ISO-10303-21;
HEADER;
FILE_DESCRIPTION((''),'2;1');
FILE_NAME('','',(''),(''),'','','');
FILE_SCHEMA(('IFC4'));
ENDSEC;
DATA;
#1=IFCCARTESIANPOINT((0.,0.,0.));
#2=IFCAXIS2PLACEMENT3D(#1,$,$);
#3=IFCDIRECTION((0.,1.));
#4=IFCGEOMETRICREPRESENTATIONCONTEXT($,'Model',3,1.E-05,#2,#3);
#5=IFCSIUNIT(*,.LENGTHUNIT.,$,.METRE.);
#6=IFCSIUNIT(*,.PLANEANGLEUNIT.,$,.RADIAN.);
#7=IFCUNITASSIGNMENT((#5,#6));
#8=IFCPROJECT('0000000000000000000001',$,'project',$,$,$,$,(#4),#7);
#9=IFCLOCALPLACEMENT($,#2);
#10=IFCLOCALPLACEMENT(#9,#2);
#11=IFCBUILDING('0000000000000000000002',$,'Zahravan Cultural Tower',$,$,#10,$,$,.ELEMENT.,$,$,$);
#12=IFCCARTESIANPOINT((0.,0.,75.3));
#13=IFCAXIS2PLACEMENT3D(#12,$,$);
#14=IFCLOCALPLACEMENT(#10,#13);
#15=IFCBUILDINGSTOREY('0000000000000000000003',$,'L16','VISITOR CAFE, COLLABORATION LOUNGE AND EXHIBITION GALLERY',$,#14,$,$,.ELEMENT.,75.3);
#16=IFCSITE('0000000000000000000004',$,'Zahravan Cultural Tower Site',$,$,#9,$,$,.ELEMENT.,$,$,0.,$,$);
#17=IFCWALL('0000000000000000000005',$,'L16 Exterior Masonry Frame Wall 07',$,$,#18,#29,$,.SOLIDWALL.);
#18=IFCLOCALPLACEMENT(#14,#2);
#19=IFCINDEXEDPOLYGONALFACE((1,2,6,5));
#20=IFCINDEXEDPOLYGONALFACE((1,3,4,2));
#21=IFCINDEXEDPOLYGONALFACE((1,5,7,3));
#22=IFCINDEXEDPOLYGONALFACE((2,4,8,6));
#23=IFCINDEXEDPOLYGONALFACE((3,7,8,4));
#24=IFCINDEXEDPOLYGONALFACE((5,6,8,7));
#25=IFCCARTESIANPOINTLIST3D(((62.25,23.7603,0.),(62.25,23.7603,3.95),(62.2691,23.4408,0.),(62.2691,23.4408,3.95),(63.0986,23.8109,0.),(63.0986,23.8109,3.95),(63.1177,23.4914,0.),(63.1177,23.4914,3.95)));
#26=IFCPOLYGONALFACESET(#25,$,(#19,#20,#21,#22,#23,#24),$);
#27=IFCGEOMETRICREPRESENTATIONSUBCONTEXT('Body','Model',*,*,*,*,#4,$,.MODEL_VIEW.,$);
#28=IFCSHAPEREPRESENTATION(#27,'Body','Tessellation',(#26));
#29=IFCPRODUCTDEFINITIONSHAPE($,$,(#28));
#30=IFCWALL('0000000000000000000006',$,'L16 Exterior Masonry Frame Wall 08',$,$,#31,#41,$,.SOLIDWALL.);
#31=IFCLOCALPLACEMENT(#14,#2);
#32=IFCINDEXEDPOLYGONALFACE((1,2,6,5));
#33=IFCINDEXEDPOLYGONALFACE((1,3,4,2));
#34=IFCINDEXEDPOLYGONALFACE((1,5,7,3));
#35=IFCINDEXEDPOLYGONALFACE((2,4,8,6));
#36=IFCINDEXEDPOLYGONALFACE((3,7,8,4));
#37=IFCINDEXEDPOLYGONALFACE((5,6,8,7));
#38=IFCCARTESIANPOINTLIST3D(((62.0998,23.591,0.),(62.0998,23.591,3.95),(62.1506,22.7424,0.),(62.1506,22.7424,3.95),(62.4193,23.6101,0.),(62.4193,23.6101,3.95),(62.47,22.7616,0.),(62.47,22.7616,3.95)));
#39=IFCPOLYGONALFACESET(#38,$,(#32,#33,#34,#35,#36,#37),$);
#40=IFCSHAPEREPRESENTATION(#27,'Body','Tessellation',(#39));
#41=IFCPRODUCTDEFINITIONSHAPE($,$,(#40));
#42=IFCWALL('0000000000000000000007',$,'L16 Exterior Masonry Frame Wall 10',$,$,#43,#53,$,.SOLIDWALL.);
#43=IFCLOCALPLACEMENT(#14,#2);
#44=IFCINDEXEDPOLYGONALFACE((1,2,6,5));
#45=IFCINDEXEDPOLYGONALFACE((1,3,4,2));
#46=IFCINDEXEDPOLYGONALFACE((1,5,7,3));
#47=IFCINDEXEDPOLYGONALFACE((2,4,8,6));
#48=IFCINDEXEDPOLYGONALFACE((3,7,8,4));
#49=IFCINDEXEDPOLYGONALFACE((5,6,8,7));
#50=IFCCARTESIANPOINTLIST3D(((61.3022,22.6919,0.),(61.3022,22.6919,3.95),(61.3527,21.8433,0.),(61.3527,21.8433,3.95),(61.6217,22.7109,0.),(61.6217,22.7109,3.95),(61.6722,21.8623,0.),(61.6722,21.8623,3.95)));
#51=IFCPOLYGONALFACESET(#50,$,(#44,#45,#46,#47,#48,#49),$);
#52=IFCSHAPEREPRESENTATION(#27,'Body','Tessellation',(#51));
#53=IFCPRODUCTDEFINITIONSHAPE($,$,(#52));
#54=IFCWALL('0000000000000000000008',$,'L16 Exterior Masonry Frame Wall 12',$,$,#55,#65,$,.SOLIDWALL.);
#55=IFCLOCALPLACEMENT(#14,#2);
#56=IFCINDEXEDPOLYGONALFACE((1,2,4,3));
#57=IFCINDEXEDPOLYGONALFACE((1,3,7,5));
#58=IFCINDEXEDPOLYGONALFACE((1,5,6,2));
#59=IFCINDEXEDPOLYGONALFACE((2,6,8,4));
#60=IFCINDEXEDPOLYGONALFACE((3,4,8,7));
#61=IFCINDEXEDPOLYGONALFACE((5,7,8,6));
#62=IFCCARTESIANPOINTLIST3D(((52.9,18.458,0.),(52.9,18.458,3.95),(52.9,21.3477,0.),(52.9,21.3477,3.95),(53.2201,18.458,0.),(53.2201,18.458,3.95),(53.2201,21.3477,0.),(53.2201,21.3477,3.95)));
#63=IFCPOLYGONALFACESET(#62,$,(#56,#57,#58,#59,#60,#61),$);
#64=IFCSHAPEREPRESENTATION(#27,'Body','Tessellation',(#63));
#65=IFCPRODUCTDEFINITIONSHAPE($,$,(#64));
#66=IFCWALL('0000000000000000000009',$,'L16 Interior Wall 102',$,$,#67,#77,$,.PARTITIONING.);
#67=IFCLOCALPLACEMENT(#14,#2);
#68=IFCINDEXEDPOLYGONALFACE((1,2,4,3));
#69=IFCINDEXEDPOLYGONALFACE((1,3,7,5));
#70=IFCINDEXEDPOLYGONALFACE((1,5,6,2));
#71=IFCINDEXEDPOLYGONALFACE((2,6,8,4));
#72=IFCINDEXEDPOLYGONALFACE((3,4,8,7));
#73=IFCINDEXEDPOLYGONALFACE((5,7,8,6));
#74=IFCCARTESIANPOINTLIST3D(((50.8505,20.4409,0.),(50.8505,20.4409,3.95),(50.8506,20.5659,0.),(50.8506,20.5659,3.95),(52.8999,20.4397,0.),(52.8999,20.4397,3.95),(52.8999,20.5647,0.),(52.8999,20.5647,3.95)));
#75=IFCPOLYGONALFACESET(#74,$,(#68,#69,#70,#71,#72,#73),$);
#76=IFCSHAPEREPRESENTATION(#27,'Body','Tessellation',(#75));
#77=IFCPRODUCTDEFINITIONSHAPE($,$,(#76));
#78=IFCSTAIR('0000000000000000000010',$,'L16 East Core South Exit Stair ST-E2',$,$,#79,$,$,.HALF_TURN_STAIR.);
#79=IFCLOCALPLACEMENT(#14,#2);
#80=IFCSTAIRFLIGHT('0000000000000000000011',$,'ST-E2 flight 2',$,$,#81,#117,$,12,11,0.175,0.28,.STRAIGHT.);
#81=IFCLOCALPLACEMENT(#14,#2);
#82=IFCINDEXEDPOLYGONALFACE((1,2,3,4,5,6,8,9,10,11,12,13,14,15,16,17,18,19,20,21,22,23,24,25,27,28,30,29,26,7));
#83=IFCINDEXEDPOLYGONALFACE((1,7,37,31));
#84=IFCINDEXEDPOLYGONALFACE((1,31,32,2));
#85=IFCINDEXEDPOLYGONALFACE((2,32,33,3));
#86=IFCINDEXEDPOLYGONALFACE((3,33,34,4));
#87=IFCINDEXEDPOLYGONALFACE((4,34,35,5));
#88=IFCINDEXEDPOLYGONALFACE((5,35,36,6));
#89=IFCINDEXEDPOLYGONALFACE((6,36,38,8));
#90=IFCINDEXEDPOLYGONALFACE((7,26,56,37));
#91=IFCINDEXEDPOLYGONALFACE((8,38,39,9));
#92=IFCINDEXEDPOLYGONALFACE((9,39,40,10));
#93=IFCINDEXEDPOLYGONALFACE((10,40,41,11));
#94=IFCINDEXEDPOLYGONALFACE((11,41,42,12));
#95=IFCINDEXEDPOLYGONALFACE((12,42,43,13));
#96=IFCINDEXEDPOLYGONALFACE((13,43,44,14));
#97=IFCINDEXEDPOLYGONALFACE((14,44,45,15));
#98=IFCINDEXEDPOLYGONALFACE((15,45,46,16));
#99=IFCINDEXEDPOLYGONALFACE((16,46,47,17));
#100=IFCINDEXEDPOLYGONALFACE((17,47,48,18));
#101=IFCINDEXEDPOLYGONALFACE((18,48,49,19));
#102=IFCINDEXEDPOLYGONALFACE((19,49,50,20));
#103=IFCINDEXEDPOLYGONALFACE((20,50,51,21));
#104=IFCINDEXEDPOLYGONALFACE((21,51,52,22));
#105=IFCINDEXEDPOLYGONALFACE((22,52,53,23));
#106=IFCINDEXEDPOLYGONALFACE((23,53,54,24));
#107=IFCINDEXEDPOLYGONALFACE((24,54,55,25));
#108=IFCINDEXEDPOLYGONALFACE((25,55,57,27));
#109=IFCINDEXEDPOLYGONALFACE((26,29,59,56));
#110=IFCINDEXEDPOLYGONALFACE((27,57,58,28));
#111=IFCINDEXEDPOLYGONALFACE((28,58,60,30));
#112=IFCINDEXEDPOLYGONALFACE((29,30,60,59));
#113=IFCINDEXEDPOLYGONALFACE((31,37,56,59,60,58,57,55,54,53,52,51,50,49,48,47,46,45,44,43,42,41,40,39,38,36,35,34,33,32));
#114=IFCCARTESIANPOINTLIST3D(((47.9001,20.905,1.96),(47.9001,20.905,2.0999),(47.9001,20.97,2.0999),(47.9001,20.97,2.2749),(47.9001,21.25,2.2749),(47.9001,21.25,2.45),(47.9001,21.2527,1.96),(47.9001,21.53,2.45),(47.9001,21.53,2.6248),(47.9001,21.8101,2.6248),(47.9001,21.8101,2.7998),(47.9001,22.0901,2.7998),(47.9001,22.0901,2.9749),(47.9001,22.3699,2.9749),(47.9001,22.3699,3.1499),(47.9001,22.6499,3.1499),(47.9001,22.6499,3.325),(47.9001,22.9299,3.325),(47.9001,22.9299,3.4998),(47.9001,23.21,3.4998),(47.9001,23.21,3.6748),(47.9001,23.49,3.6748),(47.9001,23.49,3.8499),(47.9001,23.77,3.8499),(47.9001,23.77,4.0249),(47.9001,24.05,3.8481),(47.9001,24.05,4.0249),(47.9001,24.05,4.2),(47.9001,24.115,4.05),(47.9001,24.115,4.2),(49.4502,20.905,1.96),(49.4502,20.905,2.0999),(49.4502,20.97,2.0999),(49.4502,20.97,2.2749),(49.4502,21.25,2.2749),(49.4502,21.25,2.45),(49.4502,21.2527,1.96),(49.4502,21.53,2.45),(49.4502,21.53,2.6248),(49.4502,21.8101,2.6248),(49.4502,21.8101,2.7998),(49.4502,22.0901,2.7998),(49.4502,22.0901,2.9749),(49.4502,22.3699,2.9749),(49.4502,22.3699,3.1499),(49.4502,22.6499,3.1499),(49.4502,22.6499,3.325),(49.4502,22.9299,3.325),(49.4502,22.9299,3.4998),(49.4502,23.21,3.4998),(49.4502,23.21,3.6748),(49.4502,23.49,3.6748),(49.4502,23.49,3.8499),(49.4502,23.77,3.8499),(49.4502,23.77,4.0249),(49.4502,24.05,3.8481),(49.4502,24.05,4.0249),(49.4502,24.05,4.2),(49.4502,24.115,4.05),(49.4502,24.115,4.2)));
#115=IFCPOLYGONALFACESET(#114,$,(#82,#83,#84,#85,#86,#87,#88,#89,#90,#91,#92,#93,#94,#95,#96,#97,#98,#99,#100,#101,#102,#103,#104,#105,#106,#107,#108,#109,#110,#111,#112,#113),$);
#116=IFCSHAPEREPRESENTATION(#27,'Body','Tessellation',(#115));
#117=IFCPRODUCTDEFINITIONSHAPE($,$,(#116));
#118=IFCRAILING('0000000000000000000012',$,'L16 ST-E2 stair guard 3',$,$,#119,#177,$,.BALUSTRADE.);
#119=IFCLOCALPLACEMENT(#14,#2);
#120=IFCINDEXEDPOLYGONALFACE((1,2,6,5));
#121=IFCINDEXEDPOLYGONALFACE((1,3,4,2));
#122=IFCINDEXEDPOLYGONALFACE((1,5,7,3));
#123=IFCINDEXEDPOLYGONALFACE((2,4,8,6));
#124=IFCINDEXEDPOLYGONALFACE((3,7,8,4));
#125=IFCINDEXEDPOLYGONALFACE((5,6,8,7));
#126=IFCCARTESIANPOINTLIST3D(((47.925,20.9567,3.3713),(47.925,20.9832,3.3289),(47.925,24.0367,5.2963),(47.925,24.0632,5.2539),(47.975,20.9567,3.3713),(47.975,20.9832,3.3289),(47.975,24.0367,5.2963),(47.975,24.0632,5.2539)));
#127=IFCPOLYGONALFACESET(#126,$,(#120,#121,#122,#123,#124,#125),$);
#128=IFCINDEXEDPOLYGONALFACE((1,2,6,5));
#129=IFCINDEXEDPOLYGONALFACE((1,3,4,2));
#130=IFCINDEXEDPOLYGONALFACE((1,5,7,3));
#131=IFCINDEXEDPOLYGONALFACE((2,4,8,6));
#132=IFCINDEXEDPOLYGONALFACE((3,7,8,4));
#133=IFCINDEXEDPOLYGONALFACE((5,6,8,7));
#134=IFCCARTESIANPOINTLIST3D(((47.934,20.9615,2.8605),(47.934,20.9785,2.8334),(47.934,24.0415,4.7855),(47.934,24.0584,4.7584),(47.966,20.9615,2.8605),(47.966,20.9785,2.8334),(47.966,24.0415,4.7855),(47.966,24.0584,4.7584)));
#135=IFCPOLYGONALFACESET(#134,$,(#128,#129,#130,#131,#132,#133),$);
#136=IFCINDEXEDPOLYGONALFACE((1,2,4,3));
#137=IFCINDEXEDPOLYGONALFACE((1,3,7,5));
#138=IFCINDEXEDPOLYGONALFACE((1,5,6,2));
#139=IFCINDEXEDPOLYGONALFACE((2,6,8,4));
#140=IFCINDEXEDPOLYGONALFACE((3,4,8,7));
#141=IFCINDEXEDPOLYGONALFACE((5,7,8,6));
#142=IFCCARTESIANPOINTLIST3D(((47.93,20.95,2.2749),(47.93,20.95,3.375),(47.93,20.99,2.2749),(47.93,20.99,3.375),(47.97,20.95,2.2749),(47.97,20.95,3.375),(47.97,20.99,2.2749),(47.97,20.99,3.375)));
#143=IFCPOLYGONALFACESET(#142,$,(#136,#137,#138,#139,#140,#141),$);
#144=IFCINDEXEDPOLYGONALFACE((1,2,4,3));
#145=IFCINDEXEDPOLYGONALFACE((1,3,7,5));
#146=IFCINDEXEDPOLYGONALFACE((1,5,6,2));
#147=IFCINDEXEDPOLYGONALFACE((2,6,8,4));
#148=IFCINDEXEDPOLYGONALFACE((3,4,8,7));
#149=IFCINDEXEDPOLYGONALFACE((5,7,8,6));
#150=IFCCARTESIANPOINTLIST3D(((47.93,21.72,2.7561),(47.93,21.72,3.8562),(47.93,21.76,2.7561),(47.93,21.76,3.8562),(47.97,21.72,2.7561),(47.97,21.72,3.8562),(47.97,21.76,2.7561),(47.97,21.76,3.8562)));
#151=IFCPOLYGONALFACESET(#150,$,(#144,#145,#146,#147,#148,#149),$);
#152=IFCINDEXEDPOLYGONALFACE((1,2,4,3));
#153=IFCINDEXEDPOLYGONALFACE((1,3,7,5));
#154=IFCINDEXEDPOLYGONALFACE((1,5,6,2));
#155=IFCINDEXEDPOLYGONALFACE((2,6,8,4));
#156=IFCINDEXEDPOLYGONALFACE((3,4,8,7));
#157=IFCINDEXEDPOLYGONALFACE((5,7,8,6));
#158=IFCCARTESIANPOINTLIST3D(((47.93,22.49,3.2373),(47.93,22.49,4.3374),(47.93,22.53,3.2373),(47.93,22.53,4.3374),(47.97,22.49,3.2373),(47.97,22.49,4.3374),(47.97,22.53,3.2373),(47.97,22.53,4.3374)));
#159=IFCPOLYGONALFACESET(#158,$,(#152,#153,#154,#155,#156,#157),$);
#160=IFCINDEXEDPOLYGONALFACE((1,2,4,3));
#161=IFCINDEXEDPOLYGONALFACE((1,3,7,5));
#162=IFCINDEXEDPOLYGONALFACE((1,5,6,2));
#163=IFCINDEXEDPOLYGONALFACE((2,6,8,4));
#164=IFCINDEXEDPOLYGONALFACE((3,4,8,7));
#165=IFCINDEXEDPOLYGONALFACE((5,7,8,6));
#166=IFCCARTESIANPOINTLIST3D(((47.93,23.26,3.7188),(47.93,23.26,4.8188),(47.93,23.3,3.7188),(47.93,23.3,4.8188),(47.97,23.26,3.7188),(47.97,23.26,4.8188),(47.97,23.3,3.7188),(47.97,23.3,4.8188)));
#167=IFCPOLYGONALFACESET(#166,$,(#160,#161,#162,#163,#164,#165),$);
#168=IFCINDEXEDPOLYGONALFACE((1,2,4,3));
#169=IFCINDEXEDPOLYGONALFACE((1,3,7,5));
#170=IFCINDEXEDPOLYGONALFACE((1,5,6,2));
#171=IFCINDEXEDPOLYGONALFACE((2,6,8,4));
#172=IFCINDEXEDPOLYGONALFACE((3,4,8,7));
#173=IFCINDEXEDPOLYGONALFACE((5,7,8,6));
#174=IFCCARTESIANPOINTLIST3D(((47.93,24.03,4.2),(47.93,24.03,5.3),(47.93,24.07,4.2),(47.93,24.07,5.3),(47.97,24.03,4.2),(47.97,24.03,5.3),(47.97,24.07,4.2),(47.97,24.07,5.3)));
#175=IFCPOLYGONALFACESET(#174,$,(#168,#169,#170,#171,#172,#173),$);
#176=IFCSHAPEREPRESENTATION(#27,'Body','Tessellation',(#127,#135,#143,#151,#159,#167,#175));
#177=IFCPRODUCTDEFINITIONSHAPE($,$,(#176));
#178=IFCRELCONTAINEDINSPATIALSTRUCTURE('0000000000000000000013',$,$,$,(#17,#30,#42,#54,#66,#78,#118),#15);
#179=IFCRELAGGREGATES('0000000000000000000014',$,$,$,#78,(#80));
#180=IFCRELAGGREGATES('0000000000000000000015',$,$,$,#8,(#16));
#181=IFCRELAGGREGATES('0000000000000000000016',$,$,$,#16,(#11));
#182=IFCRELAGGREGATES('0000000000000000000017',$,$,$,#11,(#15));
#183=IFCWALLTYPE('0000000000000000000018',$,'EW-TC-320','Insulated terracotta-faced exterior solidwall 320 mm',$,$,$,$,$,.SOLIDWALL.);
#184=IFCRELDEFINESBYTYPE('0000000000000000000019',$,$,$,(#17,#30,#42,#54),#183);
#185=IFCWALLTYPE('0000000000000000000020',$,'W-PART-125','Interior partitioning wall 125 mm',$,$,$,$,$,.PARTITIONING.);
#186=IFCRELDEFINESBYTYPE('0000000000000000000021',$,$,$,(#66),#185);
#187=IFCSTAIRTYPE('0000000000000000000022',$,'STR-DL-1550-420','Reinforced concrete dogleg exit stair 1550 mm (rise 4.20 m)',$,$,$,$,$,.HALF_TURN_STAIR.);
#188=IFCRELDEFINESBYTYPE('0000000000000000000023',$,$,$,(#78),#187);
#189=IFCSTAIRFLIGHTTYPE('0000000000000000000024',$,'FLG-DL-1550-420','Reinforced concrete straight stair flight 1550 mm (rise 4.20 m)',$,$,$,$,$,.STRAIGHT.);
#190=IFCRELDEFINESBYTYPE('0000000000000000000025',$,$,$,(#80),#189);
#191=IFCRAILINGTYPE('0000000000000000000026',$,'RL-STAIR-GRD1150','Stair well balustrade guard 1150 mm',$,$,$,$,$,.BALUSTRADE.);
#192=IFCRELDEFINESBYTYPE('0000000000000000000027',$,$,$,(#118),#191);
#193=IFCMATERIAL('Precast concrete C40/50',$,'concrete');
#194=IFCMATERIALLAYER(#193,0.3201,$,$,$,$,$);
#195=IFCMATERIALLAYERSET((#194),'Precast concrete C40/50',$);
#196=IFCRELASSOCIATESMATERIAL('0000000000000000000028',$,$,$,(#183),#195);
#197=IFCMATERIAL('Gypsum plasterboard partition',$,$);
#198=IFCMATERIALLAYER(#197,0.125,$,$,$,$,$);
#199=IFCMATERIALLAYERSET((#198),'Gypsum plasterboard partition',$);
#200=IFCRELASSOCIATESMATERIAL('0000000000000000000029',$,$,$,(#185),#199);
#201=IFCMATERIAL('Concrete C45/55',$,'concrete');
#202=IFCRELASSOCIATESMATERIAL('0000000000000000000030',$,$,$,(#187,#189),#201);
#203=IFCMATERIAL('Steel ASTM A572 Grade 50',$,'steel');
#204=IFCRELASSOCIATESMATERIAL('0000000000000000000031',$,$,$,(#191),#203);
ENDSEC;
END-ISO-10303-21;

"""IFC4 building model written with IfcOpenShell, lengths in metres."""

from ifc_helpers import new_model, si_unit, direction, frame, frame_2d, origin, origin_2d, place, context, subcontext, project, spatial, polyline, rectangle, outline, extrude, source, transform, mapped, material, layer, layer_set, type_object, element, aggregate, save


model = new_model("IFC4")

# Units and contexts
model_context = context("Model", 3, precision=1e-05, world=origin(), true_north=direction((0.0, 1.0)))
body_context = subcontext(model_context, "Body", "Model", "MODEL_VIEW")
ifc_project = project(units=[si_unit("LENGTHUNIT", "METRE"), si_unit("PLANEANGLEUNIT", "RADIAN")], contexts=[model_context])

# Site, building, storey
site_placement = place(None, origin())
site = spatial("IfcSite", under=ifc_project, at=site_placement, Name="Zahravan Cultural Tower Site", CompositionType="ELEMENT", RefElevation=0.0)
building_placement = place(site_placement, origin())
building = spatial("IfcBuilding", under=site, at=building_placement, Name="Zahravan Cultural Tower", CompositionType="ELEMENT")
storey_placement = place(building_placement, frame((0.0, 0.0, 75.3)))
storey = spatial("IfcBuildingStorey", under=building, at=storey_placement, Name="L16", Description="VISITOR CAFE, COLLABORATION LOUNGE AND EXHIBITION GALLERY", CompositionType="ELEMENT", Elevation=75.3)

# Shared definitions
ifc_material_1 = material(Name="Steel ASTM A572 Grade 50", Category="steel")

# Shared definitions
ifc_material_2 = material(Name="Precast concrete C40/50", Category="concrete")
ifc_layer_1 = layer(ifc_material_2, 0.3201)
ifc_layer_set_1 = layer_set([ifc_layer_1], Name="Precast concrete C40/50")
wall_type_1 = type_object("IfcWallType", Name="EW-TC-320", Description="Insulated terracotta-faced exterior solidwall 320 mm", PredefinedType="SOLIDWALL", material=ifc_layer_set_1)

# Shared definitions
ifc_material_3 = material(Name="Gypsum plasterboard partition")
ifc_layer_2 = layer(ifc_material_3, 0.125)
ifc_layer_set_2 = layer_set([ifc_layer_2], Name="Gypsum plasterboard partition")
wall_type_2 = type_object("IfcWallType", Name="W-PART-125", Description="Interior partitioning wall 125 mm", PredefinedType="PARTITIONING", material=ifc_layer_set_2)

# Walls
shared_shape_1 = source(origin(), body_context, "Body", "SweptSolid", [
    extrude(rectangle(XDim=0.8501, YDim=0.3201, at=frame_2d((0.425, 0.0))), origin(), (0.0, 0.0, 1.0), 3.95),
])
for number, where, z_axis, x_axis, name in (
    (1, (63.1082, 23.6511, 0.0), (0.0, 0.0, 1.0), (-0.998232, -0.059446, 0.0), "L16 Exterior Masonry Frame Wall 07"),
    (2, (62.2595, 23.6006, 0.0), (0.0, 0.0, 1.0), (0.059732, -0.998214, 0.0), "L16 Exterior Masonry Frame Wall 08"),
    (3, (61.4619, 22.7014, 0.0), (0.0, 0.0, 1.0), (0.059446, -0.998232, 0.0), "L16 Exterior Masonry Frame Wall 10"),
):
    element("IfcWall", number, at=place(storey_placement, frame(where, z_axis=z_axis, x_axis=x_axis)), inside=storey, type_object=wall_type_1, Name=name, PredefinedType="SOLIDWALL", context=body_context, shape_type="MappedRepresentation", body=[
        mapped(shared_shape_1, transform((0.0, 0.0, 0.0), x_axis=(1.0, 0.0, 0.0), y_axis=(0.0, 1.0, 0.0), z_axis=(0.0, 0.0, 1.0), scale=1.0)),
    ])
shared_shape_2 = source(origin(), body_context, "Body", "SweptSolid", [
    extrude(rectangle(XDim=2.8896, YDim=0.3201, at=frame_2d((1.4448, 0.0))), origin(), (0.0, 0.0, 1.0), 3.95),
])
wall_1_placement = place(storey_placement, frame((53.0601, 21.3477, 0.0), z_axis=(0.0, 0.0, 1.0), x_axis=(0.0, -1.0, 0.0)))
element("IfcWall", 4, at=wall_1_placement, inside=storey, type_object=wall_type_1, Name="L16 Exterior Masonry Frame Wall 12", PredefinedType="SOLIDWALL", context=body_context, shape_type="MappedRepresentation", body=[
    mapped(shared_shape_2, transform((0.0, 0.0, 0.0), x_axis=(1.0, 0.0, 0.0), y_axis=(0.0, 1.0, 0.0), z_axis=(0.0, 0.0, 1.0), scale=1.0)),
])
shared_shape_3 = source(origin(), body_context, "Body", "SweptSolid", [
    extrude(rectangle(XDim=2.0493, YDim=0.125, at=frame_2d((1.0247, 0.0))), origin(), (0.0, 0.0, 1.0), 3.95),
])
wall_2_placement = place(storey_placement, frame((50.8506, 20.5034, 0.0), z_axis=(0.0, 0.0, 1.0), x_axis=(1.0, -0.000596, 0.0)))
element("IfcWall", 5, at=wall_2_placement, inside=storey, type_object=wall_type_2, Name="L16 Interior Wall 102", PredefinedType="PARTITIONING", context=body_context, shape_type="MappedRepresentation", body=[
    mapped(shared_shape_3, transform((0.0, 0.0, 0.0), x_axis=(1.0, 0.0, 0.0), y_axis=(0.0, 1.0, 0.0), z_axis=(0.0, 0.0, 1.0), scale=1.0)),
])

# Stair, stair flight
ifc_material_4 = material(Name="Concrete C45/55", Category="concrete")
stair_type = type_object("IfcStairType", Name="STR-DL-1550-420", Description="Reinforced concrete dogleg exit stair 1550 mm (rise 4.20 m)", PredefinedType="HALF_TURN_STAIR", material=ifc_material_4)
stair_placement = place(storey_placement, origin())
stair = element("IfcStair", 6, at=stair_placement, inside=storey, type_object=stair_type, Name="L16 East Core South Exit Stair ST-E2", PredefinedType="HALF_TURN_STAIR")
stair_flight_type = type_object("IfcStairFlightType", Name="FLG-DL-1550-420", Description="Reinforced concrete straight stair flight 1550 mm (rise 4.20 m)", PredefinedType="STRAIGHT", material=ifc_material_4)
stair_flight_placement = place(storey_placement, frame((48.675, 20.97, 2.0999), z_axis=(0.0, 0.0, 1.0), x_axis=(0.0, 1.0, 0.0)))
stair_flight = element("IfcStairFlight", 7, at=stair_flight_placement, type_object=stair_flight_type, Name="ST-E2 flight 2", NumberOfRisers=12, NumberOfTreads=11, PredefinedType="STRAIGHT", RiserHeight=0.175, TreadLength=0.28, context=body_context, shape_type="SweptSolid", body=[
    extrude(outline(polyline([(-0.0649, -0.1399), (-0.0649, 0.0), (0.0, 0.0), (0.0, 0.175), (0.28, 0.175), (0.28, 0.3501), (0.5601, 0.3501), (0.5601, 0.5249), (0.8401, 0.5249), (0.8401, 0.7), (1.1201, 0.7), (1.1201, 0.875), (1.3999, 0.875), (1.3999, 1.05), (1.6799, 1.05), (1.6799, 1.2251), (1.96, 1.2251), (1.96, 1.3999), (2.24, 1.3999), (2.24, 1.575), (2.52, 1.575), (2.52, 1.75), (2.8, 1.75), (2.8, 1.925), (3.0801, 1.925), (3.0801, 2.1001), (3.145, 2.1001), (3.145, 1.9502), (3.0801, 1.7483), (0.2827, -0.1399), (-0.0649, -0.1399)])), frame((0.0, 0.7749, 0.0), z_axis=(0.0, -1.0, 0.0), x_axis=(1.0, 0.0, 0.0)), (0.0, 0.0, 1.0), 1.55),
])
aggregate(stair, [stair_flight])

# Railing
railing_type_1 = type_object("IfcRailingType", Name="RL-STAIR-GRD1150", Description="Stair well balustrade guard 1150 mm", PredefinedType="BALUSTRADE", material=ifc_material_1)
railing_1_placement = place(storey_placement, frame((47.95, 20.97, 2.2749)))
element("IfcRailing", 8, at=railing_1_placement, inside=storey, type_object=railing_type_1, Name="L16 ST-E2 stair guard 3", PredefinedType="BALUSTRADE", context=body_context, shape_type="SweptSolid", body=[
    extrude(rectangle(XDim=0.05, YDim=0.05, at=origin_2d()), frame((0.0, 0.0, 1.0752), z_axis=(0.0, 0.847998, 0.529999), x_axis=(-1.0, 0.0, 0.0)), (0.0, 0.0, 1.0), 3.6321),
    extrude(rectangle(XDim=0.032, YDim=0.032, at=origin_2d()), frame((0.0, 0.0, 0.572), z_axis=(0.0, 0.847998, 0.529999), x_axis=(-1.0, 0.0, 0.0)), (0.0, 0.0, 1.0), 3.6321),
    extrude(rectangle(XDim=0.04, YDim=0.04, at=origin_2d()), origin(), (0.0, 0.0, 1.0), 1.1001),
    extrude(rectangle(XDim=0.04, YDim=0.04, at=origin_2d()), frame((0.0, 0.77, 0.4812)), (0.0, 0.0, 1.0), 1.1001),
    extrude(rectangle(XDim=0.04, YDim=0.04, at=origin_2d()), frame((0.0, 1.54, 0.9624)), (0.0, 0.0, 1.0), 1.1001),
    extrude(rectangle(XDim=0.04, YDim=0.04, at=origin_2d()), frame((0.0, 2.3101, 1.4438)), (0.0, 0.0, 1.0), 1.1001),
    extrude(rectangle(XDim=0.04, YDim=0.04, at=origin_2d()), frame((0.0, 3.0801, 1.925)), (0.0, 0.0, 1.0), 1.1001),
])

save(model, "model.ifc")
